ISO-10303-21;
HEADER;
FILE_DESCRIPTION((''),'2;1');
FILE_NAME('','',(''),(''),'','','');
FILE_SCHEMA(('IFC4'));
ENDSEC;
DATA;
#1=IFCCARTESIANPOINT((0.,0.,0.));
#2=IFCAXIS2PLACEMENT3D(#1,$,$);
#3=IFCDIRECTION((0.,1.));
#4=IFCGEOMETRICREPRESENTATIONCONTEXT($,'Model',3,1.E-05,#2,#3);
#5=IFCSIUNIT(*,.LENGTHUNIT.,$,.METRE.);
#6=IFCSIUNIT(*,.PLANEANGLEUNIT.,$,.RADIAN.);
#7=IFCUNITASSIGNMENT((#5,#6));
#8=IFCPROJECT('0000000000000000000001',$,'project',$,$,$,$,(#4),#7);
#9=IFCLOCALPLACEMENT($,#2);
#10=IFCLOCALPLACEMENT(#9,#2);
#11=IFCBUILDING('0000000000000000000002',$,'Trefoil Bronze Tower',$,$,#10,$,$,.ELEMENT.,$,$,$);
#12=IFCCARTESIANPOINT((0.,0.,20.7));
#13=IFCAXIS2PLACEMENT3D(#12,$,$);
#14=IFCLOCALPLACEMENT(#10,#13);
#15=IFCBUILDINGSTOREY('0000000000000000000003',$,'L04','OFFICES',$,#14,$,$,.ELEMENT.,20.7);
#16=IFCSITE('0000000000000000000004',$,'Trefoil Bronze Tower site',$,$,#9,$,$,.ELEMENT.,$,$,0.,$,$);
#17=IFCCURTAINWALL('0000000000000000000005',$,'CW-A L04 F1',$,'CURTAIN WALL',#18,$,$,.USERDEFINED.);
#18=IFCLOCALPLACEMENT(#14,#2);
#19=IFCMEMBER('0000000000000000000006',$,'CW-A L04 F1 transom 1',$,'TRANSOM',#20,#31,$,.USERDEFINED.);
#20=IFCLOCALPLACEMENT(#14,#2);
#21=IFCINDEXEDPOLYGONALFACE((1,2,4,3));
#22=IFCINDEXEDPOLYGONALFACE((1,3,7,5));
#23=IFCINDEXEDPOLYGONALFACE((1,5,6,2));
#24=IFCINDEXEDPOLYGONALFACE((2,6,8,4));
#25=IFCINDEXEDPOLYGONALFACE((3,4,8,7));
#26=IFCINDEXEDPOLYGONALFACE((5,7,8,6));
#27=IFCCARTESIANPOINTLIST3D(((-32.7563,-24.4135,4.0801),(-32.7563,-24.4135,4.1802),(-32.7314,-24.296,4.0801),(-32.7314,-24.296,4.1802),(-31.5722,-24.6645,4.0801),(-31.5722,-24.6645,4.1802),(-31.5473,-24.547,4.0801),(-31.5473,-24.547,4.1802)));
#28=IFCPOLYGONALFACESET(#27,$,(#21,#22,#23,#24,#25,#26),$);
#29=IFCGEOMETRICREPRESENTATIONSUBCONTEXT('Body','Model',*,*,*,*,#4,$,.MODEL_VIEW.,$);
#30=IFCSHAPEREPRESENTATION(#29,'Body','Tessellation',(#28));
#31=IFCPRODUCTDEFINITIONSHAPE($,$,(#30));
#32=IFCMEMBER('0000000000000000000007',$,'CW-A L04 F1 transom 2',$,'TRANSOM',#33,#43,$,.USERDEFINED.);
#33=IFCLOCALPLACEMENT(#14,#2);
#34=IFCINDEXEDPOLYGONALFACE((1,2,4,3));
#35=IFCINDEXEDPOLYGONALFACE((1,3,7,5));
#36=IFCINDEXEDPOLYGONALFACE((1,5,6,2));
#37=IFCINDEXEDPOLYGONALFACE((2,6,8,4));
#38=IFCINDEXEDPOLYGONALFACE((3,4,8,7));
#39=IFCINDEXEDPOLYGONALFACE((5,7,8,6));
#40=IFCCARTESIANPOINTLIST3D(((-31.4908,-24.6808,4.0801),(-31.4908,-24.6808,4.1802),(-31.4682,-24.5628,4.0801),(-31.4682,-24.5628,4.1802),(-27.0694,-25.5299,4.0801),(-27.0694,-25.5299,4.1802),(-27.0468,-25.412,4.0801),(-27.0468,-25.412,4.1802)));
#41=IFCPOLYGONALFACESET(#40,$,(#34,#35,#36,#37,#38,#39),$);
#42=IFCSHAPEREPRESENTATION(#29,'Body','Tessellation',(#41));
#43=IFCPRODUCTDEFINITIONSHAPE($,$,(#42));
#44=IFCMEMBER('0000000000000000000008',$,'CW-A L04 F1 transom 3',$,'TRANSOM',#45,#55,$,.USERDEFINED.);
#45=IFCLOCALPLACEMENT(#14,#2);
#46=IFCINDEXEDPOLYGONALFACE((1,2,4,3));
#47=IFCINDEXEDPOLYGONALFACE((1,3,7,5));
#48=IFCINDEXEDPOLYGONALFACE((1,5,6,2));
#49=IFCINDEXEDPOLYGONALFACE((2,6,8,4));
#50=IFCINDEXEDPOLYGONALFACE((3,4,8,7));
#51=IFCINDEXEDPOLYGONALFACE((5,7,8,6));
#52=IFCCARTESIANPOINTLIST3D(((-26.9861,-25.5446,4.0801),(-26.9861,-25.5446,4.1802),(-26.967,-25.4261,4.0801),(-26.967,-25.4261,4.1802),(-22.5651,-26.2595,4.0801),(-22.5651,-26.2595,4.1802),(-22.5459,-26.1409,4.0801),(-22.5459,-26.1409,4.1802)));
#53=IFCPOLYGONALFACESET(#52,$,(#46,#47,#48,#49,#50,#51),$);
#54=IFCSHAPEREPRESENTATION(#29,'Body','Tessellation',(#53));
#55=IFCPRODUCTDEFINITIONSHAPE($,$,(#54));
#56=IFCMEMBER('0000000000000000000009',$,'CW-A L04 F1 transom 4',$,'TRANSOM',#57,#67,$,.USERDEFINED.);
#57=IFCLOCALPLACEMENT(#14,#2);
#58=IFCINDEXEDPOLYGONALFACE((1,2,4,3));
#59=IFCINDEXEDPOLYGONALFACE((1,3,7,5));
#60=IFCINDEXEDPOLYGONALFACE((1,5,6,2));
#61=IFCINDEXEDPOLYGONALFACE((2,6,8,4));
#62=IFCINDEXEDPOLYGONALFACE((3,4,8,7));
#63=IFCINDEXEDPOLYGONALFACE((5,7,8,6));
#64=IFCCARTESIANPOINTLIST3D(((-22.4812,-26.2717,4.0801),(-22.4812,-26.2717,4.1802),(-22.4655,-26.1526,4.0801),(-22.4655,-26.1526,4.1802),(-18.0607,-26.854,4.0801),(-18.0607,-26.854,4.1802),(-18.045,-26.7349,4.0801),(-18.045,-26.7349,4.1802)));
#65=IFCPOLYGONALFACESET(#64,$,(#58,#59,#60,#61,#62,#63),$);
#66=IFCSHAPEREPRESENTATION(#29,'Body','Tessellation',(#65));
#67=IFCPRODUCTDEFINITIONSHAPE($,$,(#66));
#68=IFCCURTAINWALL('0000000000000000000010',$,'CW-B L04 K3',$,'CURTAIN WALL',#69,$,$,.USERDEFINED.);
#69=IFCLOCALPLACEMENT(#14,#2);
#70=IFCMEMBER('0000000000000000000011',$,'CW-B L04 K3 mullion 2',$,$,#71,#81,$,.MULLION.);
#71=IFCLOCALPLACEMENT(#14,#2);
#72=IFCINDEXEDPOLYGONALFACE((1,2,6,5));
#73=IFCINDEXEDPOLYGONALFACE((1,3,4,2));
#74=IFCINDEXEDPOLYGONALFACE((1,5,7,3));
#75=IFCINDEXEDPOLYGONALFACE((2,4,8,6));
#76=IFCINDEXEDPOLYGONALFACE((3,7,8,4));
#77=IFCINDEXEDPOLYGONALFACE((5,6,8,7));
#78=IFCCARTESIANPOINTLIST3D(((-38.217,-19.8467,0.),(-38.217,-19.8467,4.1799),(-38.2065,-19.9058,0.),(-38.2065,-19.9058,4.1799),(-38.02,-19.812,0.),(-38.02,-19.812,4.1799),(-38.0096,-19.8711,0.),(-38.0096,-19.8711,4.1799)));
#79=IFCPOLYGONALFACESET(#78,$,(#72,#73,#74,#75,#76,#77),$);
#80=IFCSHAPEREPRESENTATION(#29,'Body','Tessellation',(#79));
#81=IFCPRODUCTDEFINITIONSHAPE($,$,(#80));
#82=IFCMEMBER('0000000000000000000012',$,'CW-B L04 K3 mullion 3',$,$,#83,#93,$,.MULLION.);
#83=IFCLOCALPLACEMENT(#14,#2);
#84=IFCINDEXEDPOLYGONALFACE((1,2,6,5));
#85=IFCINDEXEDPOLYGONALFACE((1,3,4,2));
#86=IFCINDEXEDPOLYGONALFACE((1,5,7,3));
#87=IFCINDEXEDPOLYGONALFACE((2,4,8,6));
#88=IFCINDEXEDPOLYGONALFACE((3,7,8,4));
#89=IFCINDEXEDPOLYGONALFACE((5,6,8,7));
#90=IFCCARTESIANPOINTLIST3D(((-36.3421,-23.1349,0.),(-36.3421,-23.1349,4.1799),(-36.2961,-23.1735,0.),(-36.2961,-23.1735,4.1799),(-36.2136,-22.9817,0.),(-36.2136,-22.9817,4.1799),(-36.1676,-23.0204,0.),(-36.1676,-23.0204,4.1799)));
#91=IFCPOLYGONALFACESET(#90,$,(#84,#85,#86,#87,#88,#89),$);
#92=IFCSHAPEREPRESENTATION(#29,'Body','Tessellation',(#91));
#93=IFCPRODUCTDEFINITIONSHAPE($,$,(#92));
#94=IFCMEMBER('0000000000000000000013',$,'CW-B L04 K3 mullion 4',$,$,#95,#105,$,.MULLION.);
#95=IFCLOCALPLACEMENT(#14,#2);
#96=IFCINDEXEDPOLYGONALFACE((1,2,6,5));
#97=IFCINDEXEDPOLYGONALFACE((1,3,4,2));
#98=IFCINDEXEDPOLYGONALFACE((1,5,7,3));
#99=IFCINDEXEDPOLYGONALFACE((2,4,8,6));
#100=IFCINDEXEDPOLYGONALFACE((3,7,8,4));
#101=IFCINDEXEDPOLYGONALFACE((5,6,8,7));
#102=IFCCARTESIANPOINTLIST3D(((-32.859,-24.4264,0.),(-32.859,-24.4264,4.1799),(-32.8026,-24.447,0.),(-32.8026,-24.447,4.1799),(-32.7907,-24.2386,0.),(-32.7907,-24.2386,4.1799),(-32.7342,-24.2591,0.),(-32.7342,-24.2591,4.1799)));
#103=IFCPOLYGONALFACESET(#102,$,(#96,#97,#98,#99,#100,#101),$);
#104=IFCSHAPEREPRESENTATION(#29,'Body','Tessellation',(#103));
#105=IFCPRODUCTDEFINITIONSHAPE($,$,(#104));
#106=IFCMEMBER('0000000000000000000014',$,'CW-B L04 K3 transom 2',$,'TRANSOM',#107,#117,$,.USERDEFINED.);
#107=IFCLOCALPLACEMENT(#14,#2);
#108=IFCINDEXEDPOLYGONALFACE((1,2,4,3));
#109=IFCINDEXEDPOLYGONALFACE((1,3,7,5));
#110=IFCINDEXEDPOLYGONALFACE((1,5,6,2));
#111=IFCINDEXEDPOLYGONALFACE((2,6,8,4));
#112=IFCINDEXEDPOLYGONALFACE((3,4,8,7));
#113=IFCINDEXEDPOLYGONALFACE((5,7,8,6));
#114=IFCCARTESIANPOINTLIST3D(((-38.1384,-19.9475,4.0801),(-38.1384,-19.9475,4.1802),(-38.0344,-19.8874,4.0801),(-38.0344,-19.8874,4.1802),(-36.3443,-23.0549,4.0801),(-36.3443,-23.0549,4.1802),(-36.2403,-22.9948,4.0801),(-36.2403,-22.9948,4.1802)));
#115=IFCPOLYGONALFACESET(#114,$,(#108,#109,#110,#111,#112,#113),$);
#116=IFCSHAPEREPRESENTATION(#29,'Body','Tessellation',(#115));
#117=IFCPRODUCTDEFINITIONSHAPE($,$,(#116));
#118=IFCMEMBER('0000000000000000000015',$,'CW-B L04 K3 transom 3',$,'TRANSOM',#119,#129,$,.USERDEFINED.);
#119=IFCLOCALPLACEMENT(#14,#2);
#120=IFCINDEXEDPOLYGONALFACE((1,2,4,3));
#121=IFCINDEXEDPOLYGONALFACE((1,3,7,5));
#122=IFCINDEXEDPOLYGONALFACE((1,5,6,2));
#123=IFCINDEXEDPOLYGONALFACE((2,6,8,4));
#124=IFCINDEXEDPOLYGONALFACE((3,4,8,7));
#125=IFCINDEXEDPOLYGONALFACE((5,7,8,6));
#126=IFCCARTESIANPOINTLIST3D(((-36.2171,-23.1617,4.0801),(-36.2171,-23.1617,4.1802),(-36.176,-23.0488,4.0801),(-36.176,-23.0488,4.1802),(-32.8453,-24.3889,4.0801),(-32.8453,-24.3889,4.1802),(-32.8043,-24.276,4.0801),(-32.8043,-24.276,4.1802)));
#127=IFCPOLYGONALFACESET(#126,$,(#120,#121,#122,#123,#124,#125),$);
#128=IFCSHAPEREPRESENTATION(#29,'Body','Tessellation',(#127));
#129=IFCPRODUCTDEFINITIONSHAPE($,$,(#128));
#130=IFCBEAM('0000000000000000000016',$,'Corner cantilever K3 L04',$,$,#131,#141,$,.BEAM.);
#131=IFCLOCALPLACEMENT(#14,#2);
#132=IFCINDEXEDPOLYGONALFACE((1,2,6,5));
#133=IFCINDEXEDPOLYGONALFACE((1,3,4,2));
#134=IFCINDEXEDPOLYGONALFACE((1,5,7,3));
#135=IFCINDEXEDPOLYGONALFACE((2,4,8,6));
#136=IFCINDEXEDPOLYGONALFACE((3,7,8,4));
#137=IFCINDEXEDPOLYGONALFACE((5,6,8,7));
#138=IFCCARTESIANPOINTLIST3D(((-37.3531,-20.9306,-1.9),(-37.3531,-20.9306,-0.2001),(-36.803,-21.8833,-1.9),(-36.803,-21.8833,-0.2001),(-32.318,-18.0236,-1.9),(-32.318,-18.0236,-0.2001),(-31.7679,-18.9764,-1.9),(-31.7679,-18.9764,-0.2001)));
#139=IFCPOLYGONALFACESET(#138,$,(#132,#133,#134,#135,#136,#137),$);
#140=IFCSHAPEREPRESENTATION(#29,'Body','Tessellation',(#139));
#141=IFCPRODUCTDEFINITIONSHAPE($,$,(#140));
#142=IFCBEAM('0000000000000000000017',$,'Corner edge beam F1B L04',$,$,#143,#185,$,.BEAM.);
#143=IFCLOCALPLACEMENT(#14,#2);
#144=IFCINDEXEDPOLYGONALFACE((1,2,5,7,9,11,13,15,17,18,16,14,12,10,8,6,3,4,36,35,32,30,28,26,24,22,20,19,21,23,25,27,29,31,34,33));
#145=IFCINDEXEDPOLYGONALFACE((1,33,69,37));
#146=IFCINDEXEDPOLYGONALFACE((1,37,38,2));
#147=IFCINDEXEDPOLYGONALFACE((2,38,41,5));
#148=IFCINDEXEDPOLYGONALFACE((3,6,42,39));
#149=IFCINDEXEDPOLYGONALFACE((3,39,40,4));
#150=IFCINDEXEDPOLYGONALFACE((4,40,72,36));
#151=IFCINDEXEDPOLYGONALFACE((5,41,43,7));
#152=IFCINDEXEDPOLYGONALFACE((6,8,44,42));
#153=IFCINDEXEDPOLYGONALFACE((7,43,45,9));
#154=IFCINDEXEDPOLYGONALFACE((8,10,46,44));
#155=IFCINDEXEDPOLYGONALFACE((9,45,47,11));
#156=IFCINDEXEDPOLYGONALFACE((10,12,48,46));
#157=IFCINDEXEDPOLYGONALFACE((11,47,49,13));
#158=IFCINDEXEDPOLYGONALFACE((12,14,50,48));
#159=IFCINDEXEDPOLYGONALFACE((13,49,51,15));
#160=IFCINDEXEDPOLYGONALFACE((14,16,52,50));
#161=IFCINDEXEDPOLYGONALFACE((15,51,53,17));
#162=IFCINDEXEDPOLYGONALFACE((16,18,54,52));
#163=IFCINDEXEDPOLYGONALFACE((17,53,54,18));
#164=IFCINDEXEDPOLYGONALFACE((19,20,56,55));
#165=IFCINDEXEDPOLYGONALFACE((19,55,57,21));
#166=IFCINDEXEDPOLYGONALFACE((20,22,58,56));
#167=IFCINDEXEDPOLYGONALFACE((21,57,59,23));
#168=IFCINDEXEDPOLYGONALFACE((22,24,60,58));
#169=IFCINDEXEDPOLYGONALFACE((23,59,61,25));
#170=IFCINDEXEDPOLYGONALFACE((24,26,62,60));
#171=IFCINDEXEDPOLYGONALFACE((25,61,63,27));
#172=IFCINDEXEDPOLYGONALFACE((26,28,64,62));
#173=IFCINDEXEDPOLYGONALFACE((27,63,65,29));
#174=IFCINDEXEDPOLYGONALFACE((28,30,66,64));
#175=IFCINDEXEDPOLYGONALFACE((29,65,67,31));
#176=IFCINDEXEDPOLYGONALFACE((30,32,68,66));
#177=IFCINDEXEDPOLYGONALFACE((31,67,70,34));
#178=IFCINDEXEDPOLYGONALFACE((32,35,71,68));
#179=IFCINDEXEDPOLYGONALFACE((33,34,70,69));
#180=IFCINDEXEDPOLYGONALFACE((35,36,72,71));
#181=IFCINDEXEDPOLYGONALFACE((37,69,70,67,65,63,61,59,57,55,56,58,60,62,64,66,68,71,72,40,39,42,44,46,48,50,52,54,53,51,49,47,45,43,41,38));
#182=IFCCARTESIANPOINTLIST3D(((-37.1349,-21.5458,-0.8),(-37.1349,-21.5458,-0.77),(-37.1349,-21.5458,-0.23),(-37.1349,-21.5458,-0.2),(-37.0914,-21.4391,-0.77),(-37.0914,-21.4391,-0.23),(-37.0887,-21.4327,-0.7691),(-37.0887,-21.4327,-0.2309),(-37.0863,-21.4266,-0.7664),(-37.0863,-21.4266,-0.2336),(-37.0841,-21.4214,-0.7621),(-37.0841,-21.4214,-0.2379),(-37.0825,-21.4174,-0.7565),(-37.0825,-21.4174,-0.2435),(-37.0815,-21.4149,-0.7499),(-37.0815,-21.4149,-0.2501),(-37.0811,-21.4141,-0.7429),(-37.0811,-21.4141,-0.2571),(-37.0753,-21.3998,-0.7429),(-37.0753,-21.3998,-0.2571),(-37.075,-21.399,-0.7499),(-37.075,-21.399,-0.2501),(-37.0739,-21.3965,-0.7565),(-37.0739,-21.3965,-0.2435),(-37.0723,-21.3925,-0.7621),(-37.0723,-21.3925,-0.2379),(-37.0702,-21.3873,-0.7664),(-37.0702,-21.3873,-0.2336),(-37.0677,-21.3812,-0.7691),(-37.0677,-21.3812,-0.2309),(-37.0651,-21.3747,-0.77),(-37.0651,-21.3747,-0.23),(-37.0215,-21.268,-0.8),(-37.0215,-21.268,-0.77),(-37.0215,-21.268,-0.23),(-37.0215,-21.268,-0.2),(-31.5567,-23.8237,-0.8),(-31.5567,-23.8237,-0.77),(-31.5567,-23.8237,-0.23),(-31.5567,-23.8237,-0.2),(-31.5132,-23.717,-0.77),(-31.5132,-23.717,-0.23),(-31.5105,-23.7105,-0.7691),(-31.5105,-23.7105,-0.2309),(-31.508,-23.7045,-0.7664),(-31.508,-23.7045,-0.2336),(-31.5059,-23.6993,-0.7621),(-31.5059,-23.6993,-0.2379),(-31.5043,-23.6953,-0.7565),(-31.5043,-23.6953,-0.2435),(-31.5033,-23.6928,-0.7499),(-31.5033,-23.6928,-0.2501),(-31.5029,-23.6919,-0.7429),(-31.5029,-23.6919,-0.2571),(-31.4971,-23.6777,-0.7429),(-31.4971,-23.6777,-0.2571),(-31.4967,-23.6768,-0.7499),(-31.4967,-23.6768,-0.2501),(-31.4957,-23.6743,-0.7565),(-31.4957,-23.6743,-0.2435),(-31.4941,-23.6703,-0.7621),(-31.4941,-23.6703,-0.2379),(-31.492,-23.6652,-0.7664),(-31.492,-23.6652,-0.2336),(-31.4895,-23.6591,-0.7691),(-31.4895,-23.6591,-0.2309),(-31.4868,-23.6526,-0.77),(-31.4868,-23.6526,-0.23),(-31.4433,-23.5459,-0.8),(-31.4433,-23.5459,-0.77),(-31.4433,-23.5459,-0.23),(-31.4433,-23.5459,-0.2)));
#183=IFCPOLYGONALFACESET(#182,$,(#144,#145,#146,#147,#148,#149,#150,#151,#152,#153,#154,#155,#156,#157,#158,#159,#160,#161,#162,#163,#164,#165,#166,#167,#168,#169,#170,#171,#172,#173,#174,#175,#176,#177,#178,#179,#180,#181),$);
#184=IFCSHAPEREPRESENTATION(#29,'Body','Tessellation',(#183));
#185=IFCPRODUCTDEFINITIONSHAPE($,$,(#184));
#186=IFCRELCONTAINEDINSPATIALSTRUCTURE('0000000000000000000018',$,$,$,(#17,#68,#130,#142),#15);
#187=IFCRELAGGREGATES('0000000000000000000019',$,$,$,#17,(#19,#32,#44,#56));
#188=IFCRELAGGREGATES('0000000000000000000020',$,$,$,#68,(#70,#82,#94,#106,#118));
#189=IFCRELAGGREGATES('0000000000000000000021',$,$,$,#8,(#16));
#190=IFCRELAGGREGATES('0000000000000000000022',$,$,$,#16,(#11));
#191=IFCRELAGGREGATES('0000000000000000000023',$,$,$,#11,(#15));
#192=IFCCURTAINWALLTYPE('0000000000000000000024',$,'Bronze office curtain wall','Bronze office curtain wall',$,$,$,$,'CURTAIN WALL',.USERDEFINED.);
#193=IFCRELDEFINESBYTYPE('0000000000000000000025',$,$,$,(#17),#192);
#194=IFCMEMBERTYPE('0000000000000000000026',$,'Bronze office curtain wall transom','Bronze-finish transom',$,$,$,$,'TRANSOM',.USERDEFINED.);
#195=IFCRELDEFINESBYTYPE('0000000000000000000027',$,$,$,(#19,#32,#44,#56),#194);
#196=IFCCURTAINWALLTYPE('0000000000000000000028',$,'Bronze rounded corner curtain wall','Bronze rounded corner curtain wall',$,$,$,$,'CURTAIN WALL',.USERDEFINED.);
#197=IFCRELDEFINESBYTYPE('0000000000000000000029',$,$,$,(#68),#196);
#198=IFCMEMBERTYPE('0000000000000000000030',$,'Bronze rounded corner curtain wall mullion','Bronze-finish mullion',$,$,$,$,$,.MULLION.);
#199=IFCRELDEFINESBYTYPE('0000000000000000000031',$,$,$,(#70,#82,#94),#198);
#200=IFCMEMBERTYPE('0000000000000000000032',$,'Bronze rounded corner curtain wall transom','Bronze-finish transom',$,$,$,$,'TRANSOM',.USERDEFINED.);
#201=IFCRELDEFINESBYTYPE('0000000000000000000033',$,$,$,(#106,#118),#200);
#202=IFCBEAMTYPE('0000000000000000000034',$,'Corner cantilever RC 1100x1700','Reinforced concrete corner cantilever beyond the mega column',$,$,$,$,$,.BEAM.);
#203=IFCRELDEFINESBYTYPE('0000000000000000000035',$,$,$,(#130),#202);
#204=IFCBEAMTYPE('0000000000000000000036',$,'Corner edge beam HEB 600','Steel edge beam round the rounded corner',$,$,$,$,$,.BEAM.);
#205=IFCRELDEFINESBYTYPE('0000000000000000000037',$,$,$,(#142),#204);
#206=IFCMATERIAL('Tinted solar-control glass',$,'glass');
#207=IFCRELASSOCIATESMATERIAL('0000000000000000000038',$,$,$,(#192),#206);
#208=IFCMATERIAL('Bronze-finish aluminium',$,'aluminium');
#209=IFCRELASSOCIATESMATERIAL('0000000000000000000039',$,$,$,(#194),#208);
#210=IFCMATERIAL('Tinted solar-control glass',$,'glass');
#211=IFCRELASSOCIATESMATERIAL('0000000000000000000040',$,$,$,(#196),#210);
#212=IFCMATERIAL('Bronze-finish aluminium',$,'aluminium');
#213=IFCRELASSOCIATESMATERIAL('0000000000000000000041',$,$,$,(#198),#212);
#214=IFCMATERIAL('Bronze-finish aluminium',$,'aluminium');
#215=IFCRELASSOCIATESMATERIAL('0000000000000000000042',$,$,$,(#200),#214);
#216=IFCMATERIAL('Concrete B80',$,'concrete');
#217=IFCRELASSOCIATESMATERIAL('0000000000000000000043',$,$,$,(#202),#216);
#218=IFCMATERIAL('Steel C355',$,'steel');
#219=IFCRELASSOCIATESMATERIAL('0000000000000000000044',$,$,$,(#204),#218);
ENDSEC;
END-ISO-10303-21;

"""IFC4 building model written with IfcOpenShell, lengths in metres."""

from ifc_helpers import new_model, si_unit, direction, frame, origin, origin_2d, place, context, subcontext, project, spatial, rectangle, i_section, extrude, material, material_profile, profile_set, type_object, element, aggregate, save


model = new_model("IFC4")

# Units and contexts
model_context = context("Model", 3, precision=1e-05, world=origin(), true_north=direction((0.0, 1.0)))
body_context = subcontext(model_context, "Body", "Model", "MODEL_VIEW")
ifc_project = project(units=[si_unit("LENGTHUNIT", "METRE"), si_unit("PLANEANGLEUNIT", "RADIAN")], contexts=[model_context])

# Site, building, storey
site_placement = place(None, origin())
site = spatial("IfcSite", under=ifc_project, at=site_placement, Name="Trefoil Bronze Tower site", CompositionType="ELEMENT", RefElevation=0.0)
building_placement = place(site_placement, origin())
building = spatial("IfcBuilding", under=site, at=building_placement, Name="Trefoil Bronze Tower", CompositionType="ELEMENT")
storey_placement = place(building_placement, frame((0.0, 0.0, 20.7)))
storey = spatial("IfcBuildingStorey", under=building, at=storey_placement, Name="L04", Description="OFFICES", CompositionType="ELEMENT", Elevation=20.7)

# Curtain walls, members
ifc_material_1 = material(Name="Tinted solar-control glass", Category="glass")
curtain_wall_type_1 = type_object("IfcCurtainWallType", Name="Bronze office curtain wall", Description="Bronze office curtain wall", ElementType="CURTAIN WALL", PredefinedType="USERDEFINED", material=ifc_material_1)
curtain_wall_1_placement = place(storey_placement, origin())
curtain_wall_1 = element("IfcCurtainWall", 1, at=curtain_wall_1_placement, inside=storey, type_object=curtain_wall_type_1, Name="CW-A L04 F1", ObjectType="CURTAIN WALL", PredefinedType="USERDEFINED")
ifc_material_2 = material(Name="Bronze-finish aluminium", Category="aluminium")
ifc_material_profile_1 = material_profile(ifc_material_2, rectangle(XDim=0.1201, YDim=0.1001, at=origin_2d()), Name="CW-A transom")
ifc_profile_set_1 = profile_set([ifc_material_profile_1], Name="Bronze-finish aluminium")
member_type_1 = type_object("IfcMemberType", Name="Bronze office curtain wall transom", Description="Bronze-finish transom", ElementType="TRANSOM", PredefinedType="USERDEFINED", material=ifc_profile_set_1)
member_1_placement = place(storey_placement, frame((-32.7439, -24.3547, 4.1301), z_axis=(0.978266, -0.207352, 0.0), x_axis=(0.207352, 0.978266, 0.0)))
member_1 = element("IfcMember", 2, at=member_1_placement, type_object=member_type_1, Name="CW-A L04 F1 transom 1", ObjectType="TRANSOM", PredefinedType="USERDEFINED", context=body_context, shape_type="SweptSolid", body=[
    extrude(rectangle(XDim=0.1201, YDim=0.1001, at=origin_2d()), origin(), (0.0, 0.0, 1.0), 1.2104),
])
member_2_placement = place(storey_placement, frame((-31.4795, -24.6218, 4.1301), z_axis=(0.982054, -0.188602, 0.0), x_axis=(0.188602, 0.982054, 0.0)))
member_2 = element("IfcMember", 3, at=member_2_placement, type_object=member_type_1, Name="CW-A L04 F1 transom 2", ObjectType="TRANSOM", PredefinedType="USERDEFINED", context=body_context, shape_type="SweptSolid", body=[
    extrude(rectangle(XDim=0.1201, YDim=0.1001, at=origin_2d()), origin(), (0.0, 0.0, 1.0), 4.5022),
])
member_3_placement = place(storey_placement, frame((-26.9766, -25.4854, 4.1301), z_axis=(0.987179, -0.159615, 0.0), x_axis=(0.159615, 0.987179, 0.0)))
member_3 = element("IfcMember", 4, at=member_3_placement, type_object=member_type_1, Name="CW-A L04 F1 transom 3", ObjectType="TRANSOM", PredefinedType="USERDEFINED", context=body_context, shape_type="SweptSolid", body=[
    extrude(rectangle(XDim=0.1201, YDim=0.1001, at=origin_2d()), origin(), (0.0, 0.0, 1.0), 4.4785),
])
member_4_placement = place(storey_placement, frame((-22.4734, -26.2122, 4.1301), z_axis=(0.991437, -0.130589, 0.0), x_axis=(0.130589, 0.991437, 0.0)))
member_4 = element("IfcMember", 5, at=member_4_placement, type_object=member_type_1, Name="CW-A L04 F1 transom 4", ObjectType="TRANSOM", PredefinedType="USERDEFINED", context=body_context, shape_type="SweptSolid", body=[
    extrude(rectangle(XDim=0.1201, YDim=0.1001, at=origin_2d()), origin(), (0.0, 0.0, 1.0), 4.4587),
])
ifc_material_3 = material(Name="Tinted solar-control glass", Category="glass")
curtain_wall_type_2 = type_object("IfcCurtainWallType", Name="Bronze rounded corner curtain wall", Description="Bronze rounded corner curtain wall", ElementType="CURTAIN WALL", PredefinedType="USERDEFINED", material=ifc_material_3)
curtain_wall_2_placement = place(storey_placement, origin())
curtain_wall_2 = element("IfcCurtainWall", 6, at=curtain_wall_2_placement, inside=storey, type_object=curtain_wall_type_2, Name="CW-B L04 K3", ObjectType="CURTAIN WALL", PredefinedType="USERDEFINED")
ifc_material_4 = material(Name="Bronze-finish aluminium", Category="aluminium")
ifc_material_profile_2 = material_profile(ifc_material_4, rectangle(XDim=0.2, YDim=0.0601, at=origin_2d()), Name="CW-B mullion")
ifc_profile_set_2 = profile_set([ifc_material_profile_2], Name="Bronze-finish aluminium")
member_type_2 = type_object("IfcMemberType", Name="Bronze rounded corner curtain wall mullion", Description="Bronze-finish mullion", PredefinedType="MULLION", material=ifc_profile_set_2)
member_5_placement = place(storey_placement, frame((-38.1133, -19.8589, 0.0), z_axis=(0.0, 0.0, 1.0), x_axis=(0.984808, 0.173648, 0.0)))
member_5 = element("IfcMember", 7, at=member_5_placement, type_object=member_type_2, Name="CW-B L04 K3 mullion 2", PredefinedType="MULLION", context=body_context, shape_type="SweptSolid", body=[
    extrude(rectangle(XDim=0.2, YDim=0.0601, at=origin_2d()), origin(), (0.0, 0.0, 1.0), 4.1799),
])
member_6_placement = place(storey_placement, frame((-36.2549, -23.0776, 0.0), z_axis=(0.0, 0.0, 1.0), x_axis=(0.642788, 0.766044, 0.0)))
member_6 = element("IfcMember", 8, at=member_6_placement, type_object=member_type_2, Name="CW-B L04 K3 mullion 3", PredefinedType="MULLION", context=body_context, shape_type="SweptSolid", body=[
    extrude(rectangle(XDim=0.2, YDim=0.0601, at=origin_2d()), origin(), (0.0, 0.0, 1.0), 4.1799),
])
member_7_placement = place(storey_placement, frame((-32.7966, -24.3428, 0.0), z_axis=(0.0, 0.0, 1.0), x_axis=(0.34202, 0.939693, 0.0)))
member_7 = element("IfcMember", 9, at=member_7_placement, type_object=member_type_2, Name="CW-B L04 K3 mullion 4", PredefinedType="MULLION", context=body_context, shape_type="SweptSolid", body=[
    extrude(rectangle(XDim=0.2, YDim=0.0601, at=origin_2d()), origin(), (0.0, 0.0, 1.0), 4.1799),
])
ifc_material_5 = material(Name="Bronze-finish aluminium", Category="aluminium")
ifc_material_profile_3 = material_profile(ifc_material_5, rectangle(XDim=0.1201, YDim=0.1001, at=origin_2d()), Name="CW-B transom")
ifc_profile_set_3 = profile_set([ifc_material_profile_3], Name="Bronze-finish aluminium")
member_type_3 = type_object("IfcMemberType", Name="Bronze rounded corner curtain wall transom", Description="Bronze-finish transom", ElementType="TRANSOM", PredefinedType="USERDEFINED", material=ifc_profile_set_3)
member_8_placement = place(storey_placement, frame((-38.0864, -19.9175, 4.1301), z_axis=(0.500025, -0.866011, 0.0), x_axis=(0.866011, 0.500025, 0.0)))
member_8 = element("IfcMember", 10, at=member_8_placement, type_object=member_type_3, Name="CW-B L04 K3 transom 2", ObjectType="TRANSOM", PredefinedType="USERDEFINED", context=body_context, shape_type="SweptSolid", body=[
    extrude(rectangle(XDim=0.1201, YDim=0.1001, at=origin_2d()), origin(), (0.0, 0.0, 1.0), 3.5881),
])
member_9_placement = place(storey_placement, frame((-36.1965, -23.1052, 4.1301), z_axis=(0.939688, -0.342033, 0.0), x_axis=(0.342033, 0.939688, 0.0)))
member_9 = element("IfcMember", 11, at=member_9_placement, type_object=member_type_3, Name="CW-B L04 K3 transom 3", ObjectType="TRANSOM", PredefinedType="USERDEFINED", context=body_context, shape_type="SweptSolid", body=[
    extrude(rectangle(XDim=0.1201, YDim=0.1001, at=origin_2d()), origin(), (0.0, 0.0, 1.0), 3.5881),
])

# Beams
ifc_material_6 = material(Name="Concrete B80", Category="concrete")
ifc_material_profile_4 = material_profile(ifc_material_6, rectangle(XDim=1.1001, YDim=1.7, at=origin_2d()), Name="RC 1100x1700")
ifc_profile_set_4 = profile_set([ifc_material_profile_4], Name="Concrete B80")
beam_type_1 = type_object("IfcBeamType", Name="Corner cantilever RC 1100x1700", Description="Reinforced concrete corner cantilever beyond the mega column", PredefinedType="BEAM", material=ifc_profile_set_4)
beam_1_placement = place(storey_placement, frame((-32.043, -18.5, -1.05), z_axis=(-0.86603, -0.499991, 0.0), x_axis=(0.499991, -0.86603, 0.0)))
element("IfcBeam", 12, at=beam_1_placement, inside=storey, type_object=beam_type_1, Name="Corner cantilever K3 L04", PredefinedType="BEAM", context=body_context, shape_type="SweptSolid", body=[
    extrude(rectangle(XDim=1.1001, YDim=1.7, at=origin_2d()), origin(), (0.0, 0.0, 1.0), 5.814),
])
ifc_material_7 = material(Name="Steel C355", Category="steel")
ifc_material_profile_5 = material_profile(ifc_material_7, i_section(OverallWidth=0.3, OverallDepth=0.6001, WebThickness=0.0154, FlangeThickness=0.03, FilletRadius=0.0271, at=origin_2d()), Name="HEB 600")
ifc_profile_set_5 = profile_set([ifc_material_profile_5], Name="Steel C355")
beam_type_2 = type_object("IfcBeamType", Name="Corner edge beam HEB 600", Description="Steel edge beam round the rounded corner", PredefinedType="BEAM", material=ifc_profile_set_5)
beam_2_placement = place(storey_placement, frame((-31.5, -23.6848, -0.5), z_axis=(-0.925787, 0.378046, 0.0), x_axis=(-0.378046, -0.925787, 0.0)))
element("IfcBeam", 13, at=beam_2_placement, inside=storey, type_object=beam_type_2, Name="Corner edge beam F1B L04", PredefinedType="BEAM", context=body_context, shape_type="SweptSolid", body=[
    extrude(i_section(OverallWidth=0.3, OverallDepth=0.6001, WebThickness=0.0154, FlangeThickness=0.03, FilletRadius=0.0271, at=origin_2d()), origin(), (0.0, 0.0, 1.0), 6.0254),
])

aggregate(curtain_wall_1, [member_1, member_2, member_3, member_4])
aggregate(curtain_wall_2, [member_5, member_6, member_7, member_8, member_9])

save(model, "model.ifc")
